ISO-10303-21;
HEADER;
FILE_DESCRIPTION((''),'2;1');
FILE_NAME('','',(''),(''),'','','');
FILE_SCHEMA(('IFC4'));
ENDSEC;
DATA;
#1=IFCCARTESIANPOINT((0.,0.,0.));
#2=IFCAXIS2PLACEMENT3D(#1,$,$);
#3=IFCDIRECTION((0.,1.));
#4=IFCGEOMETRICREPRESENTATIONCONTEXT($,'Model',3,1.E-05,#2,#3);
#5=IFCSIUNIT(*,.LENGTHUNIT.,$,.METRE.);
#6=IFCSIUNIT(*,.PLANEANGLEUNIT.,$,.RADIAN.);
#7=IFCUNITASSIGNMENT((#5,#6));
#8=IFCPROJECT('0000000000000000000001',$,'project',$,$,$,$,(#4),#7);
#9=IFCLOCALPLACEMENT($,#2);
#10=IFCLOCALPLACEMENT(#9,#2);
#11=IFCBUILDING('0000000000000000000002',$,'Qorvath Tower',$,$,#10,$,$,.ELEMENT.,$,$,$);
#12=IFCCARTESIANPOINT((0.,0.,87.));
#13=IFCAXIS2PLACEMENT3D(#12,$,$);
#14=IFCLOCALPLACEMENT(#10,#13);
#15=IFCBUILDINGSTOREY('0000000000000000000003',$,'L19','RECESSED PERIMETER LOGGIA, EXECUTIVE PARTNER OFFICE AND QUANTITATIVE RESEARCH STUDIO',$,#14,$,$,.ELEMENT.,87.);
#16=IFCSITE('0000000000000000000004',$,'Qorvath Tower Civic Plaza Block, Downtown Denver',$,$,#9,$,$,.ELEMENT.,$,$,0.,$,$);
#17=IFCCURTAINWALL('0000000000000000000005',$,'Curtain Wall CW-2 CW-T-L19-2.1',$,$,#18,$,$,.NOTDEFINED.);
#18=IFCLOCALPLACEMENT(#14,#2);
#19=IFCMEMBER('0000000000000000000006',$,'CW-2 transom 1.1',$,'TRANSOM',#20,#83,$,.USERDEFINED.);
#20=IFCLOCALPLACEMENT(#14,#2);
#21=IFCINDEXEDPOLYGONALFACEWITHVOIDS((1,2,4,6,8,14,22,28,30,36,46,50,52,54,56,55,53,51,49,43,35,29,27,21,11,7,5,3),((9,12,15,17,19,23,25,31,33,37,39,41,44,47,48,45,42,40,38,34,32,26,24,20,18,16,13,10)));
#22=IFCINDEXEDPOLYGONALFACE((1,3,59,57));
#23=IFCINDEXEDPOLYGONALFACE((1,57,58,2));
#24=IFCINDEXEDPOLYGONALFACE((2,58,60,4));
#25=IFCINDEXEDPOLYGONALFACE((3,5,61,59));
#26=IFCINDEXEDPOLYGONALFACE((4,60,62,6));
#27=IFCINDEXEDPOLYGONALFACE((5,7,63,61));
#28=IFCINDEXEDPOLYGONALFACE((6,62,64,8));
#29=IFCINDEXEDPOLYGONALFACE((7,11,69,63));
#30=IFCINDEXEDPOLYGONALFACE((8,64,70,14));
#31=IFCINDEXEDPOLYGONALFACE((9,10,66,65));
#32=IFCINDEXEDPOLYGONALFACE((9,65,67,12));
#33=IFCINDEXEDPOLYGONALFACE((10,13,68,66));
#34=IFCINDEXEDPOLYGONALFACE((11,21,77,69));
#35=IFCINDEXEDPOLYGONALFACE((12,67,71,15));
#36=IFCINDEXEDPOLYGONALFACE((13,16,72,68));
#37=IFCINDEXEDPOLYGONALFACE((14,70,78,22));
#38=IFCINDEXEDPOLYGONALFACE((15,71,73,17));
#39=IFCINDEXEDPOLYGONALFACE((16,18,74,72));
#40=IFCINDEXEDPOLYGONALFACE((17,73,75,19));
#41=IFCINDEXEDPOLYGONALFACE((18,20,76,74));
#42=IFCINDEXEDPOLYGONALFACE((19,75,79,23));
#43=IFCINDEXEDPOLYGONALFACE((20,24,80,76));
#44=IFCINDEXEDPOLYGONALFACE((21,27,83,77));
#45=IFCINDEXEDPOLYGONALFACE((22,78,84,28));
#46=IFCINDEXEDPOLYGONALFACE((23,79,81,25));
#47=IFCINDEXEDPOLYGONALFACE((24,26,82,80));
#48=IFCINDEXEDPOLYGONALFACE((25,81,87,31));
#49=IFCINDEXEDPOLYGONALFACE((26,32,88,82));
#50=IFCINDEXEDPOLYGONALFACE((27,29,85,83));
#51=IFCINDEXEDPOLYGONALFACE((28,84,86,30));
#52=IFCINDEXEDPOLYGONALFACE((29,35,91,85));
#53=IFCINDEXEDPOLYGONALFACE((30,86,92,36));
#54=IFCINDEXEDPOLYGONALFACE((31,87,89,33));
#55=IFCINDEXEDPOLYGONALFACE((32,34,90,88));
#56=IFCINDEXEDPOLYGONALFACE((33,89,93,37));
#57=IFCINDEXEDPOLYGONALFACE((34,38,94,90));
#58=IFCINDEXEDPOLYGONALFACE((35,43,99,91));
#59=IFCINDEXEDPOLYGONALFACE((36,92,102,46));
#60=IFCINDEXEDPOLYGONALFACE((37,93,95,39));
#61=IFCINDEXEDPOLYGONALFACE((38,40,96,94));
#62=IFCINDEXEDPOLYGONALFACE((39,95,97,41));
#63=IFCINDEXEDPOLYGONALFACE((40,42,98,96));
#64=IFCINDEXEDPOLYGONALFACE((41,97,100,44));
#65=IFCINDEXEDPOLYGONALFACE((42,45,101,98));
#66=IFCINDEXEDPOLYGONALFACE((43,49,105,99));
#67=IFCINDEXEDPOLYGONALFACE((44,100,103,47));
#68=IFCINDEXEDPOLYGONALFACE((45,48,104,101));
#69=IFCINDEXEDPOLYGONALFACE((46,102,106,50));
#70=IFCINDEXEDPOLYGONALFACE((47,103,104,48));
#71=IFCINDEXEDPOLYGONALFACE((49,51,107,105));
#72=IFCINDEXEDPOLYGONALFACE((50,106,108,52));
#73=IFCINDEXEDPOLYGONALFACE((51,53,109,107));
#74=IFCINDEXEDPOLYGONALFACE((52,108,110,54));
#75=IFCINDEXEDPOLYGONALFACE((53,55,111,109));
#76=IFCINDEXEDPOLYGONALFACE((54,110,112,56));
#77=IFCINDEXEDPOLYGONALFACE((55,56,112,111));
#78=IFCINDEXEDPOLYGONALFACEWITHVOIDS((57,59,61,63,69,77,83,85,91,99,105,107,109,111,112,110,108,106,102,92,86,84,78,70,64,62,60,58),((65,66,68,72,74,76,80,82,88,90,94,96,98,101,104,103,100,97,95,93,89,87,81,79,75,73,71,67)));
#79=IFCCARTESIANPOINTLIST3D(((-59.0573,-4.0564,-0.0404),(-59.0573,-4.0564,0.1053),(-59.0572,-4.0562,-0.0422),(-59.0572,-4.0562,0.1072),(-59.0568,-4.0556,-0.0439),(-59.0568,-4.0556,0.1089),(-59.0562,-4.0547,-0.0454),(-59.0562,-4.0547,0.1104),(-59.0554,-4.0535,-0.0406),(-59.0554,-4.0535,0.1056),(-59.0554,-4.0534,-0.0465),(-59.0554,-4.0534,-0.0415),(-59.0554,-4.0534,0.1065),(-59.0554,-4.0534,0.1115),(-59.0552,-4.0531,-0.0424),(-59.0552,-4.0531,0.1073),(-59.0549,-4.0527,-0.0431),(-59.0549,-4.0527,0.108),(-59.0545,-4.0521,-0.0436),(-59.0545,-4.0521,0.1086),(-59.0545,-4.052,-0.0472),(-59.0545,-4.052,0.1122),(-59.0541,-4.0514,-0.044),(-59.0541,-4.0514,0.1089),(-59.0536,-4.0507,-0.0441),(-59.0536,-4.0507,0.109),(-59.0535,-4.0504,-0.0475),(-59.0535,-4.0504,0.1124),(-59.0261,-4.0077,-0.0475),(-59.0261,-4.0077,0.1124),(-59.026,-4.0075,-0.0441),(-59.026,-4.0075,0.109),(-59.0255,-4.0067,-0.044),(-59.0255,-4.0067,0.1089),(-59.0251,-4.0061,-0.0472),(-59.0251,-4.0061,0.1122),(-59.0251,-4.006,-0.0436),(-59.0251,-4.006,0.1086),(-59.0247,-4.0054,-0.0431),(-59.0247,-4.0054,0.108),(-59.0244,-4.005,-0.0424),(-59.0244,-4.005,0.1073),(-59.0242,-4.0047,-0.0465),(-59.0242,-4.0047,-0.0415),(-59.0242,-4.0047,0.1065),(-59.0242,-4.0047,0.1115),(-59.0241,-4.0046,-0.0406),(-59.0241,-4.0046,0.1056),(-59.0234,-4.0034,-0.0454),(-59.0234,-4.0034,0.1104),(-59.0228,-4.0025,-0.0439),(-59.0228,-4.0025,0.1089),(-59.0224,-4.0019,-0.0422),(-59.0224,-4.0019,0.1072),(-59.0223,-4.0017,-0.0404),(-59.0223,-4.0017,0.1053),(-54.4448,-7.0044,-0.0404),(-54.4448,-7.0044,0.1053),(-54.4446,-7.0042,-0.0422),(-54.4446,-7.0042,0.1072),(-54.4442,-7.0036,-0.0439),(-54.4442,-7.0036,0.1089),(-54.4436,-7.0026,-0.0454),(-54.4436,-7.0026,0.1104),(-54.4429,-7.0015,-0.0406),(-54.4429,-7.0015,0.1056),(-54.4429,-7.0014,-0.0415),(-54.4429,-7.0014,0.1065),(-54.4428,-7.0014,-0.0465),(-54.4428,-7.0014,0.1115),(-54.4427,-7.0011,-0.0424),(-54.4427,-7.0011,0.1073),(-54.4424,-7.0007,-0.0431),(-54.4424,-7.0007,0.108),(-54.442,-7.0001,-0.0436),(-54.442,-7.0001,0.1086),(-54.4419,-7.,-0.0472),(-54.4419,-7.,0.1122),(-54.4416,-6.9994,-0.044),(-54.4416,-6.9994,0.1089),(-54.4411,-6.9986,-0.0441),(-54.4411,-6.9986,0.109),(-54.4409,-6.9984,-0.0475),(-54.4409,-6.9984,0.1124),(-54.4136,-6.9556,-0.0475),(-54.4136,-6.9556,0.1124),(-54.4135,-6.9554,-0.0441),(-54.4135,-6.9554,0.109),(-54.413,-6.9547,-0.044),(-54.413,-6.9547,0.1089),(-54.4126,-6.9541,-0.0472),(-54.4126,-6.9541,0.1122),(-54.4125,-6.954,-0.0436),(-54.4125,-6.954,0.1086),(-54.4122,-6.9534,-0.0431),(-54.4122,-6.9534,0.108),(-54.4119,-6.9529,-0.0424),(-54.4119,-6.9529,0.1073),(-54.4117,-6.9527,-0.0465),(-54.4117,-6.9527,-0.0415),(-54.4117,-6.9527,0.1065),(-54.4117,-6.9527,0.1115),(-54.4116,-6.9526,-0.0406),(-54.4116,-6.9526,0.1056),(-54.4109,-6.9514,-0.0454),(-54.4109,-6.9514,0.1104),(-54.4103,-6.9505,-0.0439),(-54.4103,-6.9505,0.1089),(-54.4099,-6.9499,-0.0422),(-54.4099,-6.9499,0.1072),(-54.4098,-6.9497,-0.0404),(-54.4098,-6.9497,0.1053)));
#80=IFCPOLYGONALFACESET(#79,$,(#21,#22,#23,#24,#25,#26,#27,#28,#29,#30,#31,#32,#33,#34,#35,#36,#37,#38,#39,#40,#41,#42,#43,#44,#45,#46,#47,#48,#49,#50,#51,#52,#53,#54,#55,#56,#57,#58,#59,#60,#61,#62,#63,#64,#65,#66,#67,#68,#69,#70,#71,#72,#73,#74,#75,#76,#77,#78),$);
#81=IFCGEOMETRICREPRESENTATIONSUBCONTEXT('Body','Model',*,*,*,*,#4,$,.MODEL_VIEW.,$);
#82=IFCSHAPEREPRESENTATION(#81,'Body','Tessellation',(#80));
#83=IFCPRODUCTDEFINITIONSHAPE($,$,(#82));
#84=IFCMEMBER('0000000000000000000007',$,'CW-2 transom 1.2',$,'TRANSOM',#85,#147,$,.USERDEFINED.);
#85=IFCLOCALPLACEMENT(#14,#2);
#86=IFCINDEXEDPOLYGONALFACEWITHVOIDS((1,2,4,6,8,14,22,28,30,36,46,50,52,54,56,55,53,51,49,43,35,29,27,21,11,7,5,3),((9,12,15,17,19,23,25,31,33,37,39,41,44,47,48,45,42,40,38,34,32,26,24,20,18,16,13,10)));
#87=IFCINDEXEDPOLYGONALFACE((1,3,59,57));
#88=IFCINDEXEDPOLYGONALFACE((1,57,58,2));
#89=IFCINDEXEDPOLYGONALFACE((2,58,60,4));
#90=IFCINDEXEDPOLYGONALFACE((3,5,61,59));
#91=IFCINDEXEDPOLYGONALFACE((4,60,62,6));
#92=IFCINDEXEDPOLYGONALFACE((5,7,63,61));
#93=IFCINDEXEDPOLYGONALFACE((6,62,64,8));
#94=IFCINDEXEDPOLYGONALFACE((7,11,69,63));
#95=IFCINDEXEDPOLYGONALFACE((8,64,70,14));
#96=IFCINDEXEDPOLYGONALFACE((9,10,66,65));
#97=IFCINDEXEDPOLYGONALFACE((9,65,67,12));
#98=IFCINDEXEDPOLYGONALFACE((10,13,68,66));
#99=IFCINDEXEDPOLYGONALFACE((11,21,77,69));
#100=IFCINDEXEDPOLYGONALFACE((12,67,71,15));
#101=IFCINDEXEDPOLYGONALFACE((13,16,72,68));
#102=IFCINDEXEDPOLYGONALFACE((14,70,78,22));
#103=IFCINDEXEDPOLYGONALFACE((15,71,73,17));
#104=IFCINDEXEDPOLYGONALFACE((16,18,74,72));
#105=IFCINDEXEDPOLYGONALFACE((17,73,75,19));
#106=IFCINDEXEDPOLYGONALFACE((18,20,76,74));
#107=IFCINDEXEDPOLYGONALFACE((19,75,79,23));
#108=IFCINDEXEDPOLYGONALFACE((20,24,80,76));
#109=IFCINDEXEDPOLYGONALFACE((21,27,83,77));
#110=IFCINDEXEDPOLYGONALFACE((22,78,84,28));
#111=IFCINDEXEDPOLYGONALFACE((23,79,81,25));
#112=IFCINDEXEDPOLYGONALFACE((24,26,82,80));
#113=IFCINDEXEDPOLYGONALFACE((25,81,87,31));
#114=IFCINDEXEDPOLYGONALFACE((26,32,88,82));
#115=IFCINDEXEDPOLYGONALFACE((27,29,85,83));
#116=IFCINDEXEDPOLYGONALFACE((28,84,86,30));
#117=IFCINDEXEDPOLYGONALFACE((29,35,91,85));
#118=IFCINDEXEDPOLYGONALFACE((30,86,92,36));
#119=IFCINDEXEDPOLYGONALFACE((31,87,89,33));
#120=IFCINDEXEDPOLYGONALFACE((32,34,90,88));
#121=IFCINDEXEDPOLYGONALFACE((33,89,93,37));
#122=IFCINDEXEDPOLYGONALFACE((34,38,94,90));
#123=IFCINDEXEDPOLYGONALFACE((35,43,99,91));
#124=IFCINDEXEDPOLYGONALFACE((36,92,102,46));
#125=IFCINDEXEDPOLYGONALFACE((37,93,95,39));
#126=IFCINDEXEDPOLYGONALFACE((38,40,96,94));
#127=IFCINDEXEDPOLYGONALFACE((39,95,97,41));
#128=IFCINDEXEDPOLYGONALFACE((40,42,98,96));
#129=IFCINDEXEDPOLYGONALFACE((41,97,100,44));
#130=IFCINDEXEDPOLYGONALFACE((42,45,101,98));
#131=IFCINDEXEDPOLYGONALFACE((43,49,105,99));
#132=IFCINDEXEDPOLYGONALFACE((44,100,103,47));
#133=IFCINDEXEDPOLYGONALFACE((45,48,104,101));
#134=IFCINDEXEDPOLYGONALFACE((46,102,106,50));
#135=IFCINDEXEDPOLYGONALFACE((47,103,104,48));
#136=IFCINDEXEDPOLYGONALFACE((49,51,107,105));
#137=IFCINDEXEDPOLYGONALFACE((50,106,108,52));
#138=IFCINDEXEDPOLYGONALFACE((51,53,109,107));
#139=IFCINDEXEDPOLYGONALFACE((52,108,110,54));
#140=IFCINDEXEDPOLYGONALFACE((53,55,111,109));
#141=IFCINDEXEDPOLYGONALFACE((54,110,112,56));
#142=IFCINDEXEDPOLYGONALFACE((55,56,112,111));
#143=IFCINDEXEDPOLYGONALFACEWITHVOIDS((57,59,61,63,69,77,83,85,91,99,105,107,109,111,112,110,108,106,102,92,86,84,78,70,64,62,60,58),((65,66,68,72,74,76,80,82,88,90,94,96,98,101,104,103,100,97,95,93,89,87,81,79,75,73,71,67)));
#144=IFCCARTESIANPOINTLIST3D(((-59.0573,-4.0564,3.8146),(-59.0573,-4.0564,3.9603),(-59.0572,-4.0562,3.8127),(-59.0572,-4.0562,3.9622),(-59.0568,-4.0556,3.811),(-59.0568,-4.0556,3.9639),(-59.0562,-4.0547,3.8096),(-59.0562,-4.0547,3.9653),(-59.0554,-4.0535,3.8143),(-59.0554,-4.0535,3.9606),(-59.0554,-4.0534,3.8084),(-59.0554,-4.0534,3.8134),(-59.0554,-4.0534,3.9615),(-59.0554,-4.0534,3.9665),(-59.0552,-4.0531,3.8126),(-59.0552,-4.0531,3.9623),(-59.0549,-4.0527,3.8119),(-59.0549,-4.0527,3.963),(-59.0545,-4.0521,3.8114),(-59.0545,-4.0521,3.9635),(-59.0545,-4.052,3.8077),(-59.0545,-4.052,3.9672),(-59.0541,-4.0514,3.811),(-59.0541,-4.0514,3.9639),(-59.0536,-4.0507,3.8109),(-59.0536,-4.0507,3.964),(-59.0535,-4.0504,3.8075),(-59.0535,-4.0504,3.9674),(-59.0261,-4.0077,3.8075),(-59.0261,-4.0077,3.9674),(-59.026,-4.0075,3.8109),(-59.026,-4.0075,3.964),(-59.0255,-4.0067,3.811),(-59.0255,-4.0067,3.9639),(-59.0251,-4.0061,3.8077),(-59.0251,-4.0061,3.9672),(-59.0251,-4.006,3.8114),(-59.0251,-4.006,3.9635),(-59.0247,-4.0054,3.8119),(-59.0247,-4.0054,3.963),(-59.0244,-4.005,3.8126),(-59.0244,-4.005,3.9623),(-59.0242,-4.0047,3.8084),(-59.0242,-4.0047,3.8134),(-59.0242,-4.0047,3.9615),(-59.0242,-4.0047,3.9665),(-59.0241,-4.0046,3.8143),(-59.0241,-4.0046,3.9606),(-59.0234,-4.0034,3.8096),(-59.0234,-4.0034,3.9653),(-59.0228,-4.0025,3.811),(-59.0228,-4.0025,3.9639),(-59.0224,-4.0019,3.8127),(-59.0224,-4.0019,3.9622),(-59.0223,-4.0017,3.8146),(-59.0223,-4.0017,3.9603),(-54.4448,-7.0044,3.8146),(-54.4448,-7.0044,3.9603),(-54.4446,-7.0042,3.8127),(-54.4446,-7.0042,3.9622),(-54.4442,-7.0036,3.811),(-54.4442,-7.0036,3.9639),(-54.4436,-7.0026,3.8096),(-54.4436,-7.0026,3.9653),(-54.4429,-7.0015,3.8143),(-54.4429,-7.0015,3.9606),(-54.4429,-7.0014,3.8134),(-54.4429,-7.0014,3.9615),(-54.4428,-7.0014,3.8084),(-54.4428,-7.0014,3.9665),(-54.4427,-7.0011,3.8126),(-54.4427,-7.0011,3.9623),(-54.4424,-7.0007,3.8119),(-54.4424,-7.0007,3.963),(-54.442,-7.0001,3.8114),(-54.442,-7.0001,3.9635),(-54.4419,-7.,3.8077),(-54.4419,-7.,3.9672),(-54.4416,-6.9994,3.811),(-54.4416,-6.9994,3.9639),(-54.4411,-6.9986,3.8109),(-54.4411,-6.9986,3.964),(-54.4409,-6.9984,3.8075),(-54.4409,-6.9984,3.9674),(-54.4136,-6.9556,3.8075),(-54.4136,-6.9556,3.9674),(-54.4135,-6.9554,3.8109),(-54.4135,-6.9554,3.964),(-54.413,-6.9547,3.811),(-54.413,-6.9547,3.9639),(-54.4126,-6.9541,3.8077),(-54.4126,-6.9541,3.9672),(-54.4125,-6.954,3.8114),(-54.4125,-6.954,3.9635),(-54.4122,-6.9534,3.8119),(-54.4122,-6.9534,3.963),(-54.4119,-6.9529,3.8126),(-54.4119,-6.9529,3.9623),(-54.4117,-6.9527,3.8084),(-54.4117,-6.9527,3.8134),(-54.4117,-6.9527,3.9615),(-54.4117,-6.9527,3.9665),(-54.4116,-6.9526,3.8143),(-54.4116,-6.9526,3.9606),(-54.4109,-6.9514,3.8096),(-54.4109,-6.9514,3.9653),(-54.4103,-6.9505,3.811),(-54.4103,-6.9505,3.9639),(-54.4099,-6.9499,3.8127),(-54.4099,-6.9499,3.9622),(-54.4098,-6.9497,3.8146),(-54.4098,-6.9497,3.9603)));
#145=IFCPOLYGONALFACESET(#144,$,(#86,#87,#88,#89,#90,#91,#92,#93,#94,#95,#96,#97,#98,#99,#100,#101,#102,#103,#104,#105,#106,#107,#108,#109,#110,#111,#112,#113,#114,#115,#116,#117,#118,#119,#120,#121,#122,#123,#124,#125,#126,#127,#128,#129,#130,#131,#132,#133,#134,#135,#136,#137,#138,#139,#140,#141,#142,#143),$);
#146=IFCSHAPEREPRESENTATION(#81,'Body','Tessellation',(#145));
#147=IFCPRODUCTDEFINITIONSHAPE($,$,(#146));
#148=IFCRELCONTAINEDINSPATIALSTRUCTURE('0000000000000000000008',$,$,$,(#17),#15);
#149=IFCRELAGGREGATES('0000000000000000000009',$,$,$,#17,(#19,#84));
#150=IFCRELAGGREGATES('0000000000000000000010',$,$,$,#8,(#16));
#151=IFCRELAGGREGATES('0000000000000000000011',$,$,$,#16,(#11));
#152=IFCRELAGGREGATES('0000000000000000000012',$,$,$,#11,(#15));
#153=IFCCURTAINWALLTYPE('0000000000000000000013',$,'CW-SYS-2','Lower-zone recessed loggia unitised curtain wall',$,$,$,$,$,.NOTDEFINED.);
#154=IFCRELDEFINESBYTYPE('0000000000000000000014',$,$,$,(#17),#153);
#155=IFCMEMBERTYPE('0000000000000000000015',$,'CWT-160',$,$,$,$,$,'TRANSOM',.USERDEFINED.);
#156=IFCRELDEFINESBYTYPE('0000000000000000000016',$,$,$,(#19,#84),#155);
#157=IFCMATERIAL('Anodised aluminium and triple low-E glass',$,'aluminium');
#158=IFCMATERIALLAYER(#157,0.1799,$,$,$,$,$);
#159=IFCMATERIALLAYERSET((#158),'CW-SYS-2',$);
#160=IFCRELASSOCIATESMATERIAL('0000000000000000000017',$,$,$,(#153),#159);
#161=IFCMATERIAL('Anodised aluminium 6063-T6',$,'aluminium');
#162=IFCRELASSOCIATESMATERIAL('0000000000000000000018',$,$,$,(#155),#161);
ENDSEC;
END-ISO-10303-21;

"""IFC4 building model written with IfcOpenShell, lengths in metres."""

from ifc_helpers import new_model, si_unit, direction, frame, origin, origin_2d, place, context, subcontext, project, spatial, hollow_rectangle, extrude, material, layer, layer_set, material_profile, profile_set, type_object, element, aggregate, save


model = new_model("IFC4")

# Units and contexts
model_context = context("Model", 3, precision=1e-05, world=origin(), true_north=direction((0.0, 1.0)))
body_context = subcontext(model_context, "Body", "Model", "MODEL_VIEW")
ifc_project = project(units=[si_unit("LENGTHUNIT", "METRE"), si_unit("PLANEANGLEUNIT", "RADIAN")], contexts=[model_context])

# Site, building, storey
site_placement = place(None, origin())
site = spatial("IfcSite", under=ifc_project, at=site_placement, Name="Qorvath Tower Civic Plaza Block, Downtown Denver", CompositionType="ELEMENT", RefElevation=0.0)
building_placement = place(site_placement, origin())
building = spatial("IfcBuilding", under=site, at=building_placement, Name="Qorvath Tower", CompositionType="ELEMENT")
storey_placement = place(building_placement, frame((0.0, 0.0, 87.0)))
storey = spatial("IfcBuildingStorey", under=building, at=storey_placement, Name="L19", Description="RECESSED PERIMETER LOGGIA, EXECUTIVE PARTNER OFFICE AND QUANTITATIVE RESEARCH STUDIO", CompositionType="ELEMENT", Elevation=87.0)

# Curtain wall, members
ifc_material_1 = material(Name="Anodised aluminium and triple low-E glass", Category="aluminium")
ifc_layer_1 = layer(ifc_material_1, 0.1799)
ifc_layer_set_1 = layer_set([ifc_layer_1], Name="CW-SYS-2")
curtain_wall_type = type_object("IfcCurtainWallType", Name="CW-SYS-2", Description="Lower-zone recessed loggia unitised curtain wall", PredefinedType="NOTDEFINED", material=ifc_layer_set_1)
curtain_wall_placement = place(storey_placement, origin())
curtain_wall = element("IfcCurtainWall", 1, at=curtain_wall_placement, inside=storey, type_object=curtain_wall_type, Name="Curtain Wall CW-2 CW-T-L19-2.1", PredefinedType="NOTDEFINED")
ifc_material_2 = material(Name="Anodised aluminium 6063-T6", Category="aluminium")
ifc_material_profile_1 = material_profile(ifc_material_2, hollow_rectangle(XDim=0.0649, YDim=0.1599, WallThickness=0.0034, InnerFilletRadius=0.0034, OuterFilletRadius=0.0071, at=origin_2d()), Name="CWT 160x65")
ifc_profile_set_1 = profile_set([ifc_material_profile_1], Name="Anodised aluminium 6063-T6")
member_type_1 = type_object("IfcMemberType", Name="CWT-160", ElementType="TRANSOM", PredefinedType="USERDEFINED", material=ifc_profile_set_1)
member_1_placement = place(storey_placement, frame((-59.0398, -4.0291, 0.0325), z_axis=(0.842606, -0.538531, 0.0), x_axis=(0.538531, 0.842606, 0.0)))
member_1 = element("IfcMember", 2, at=member_1_placement, type_object=member_type_1, Name="CW-2 transom 1.1", ObjectType="TRANSOM", PredefinedType="USERDEFINED", context=body_context, shape_type="SweptSolid", body=[
    extrude(hollow_rectangle(XDim=0.0649, YDim=0.1599, WallThickness=0.0034, InnerFilletRadius=0.0034, OuterFilletRadius=0.0071, at=origin_2d()), origin(), (0.0, 0.0, 1.0), 5.4741),
])
member_2_placement = place(storey_placement, frame((-59.0398, -4.0291, 3.8875), z_axis=(0.842606, -0.538531, 0.0), x_axis=(0.538531, 0.842606, 0.0)))
member_2 = element("IfcMember", 3, at=member_2_placement, type_object=member_type_1, Name="CW-2 transom 1.2", ObjectType="TRANSOM", PredefinedType="USERDEFINED", context=body_context, shape_type="SweptSolid", body=[
    extrude(hollow_rectangle(XDim=0.0649, YDim=0.1599, WallThickness=0.0034, InnerFilletRadius=0.0034, OuterFilletRadius=0.0071, at=origin_2d()), origin(), (0.0, 0.0, 1.0), 5.4741),
])
aggregate(curtain_wall, [member_1, member_2])

save(model, "model.ifc")
